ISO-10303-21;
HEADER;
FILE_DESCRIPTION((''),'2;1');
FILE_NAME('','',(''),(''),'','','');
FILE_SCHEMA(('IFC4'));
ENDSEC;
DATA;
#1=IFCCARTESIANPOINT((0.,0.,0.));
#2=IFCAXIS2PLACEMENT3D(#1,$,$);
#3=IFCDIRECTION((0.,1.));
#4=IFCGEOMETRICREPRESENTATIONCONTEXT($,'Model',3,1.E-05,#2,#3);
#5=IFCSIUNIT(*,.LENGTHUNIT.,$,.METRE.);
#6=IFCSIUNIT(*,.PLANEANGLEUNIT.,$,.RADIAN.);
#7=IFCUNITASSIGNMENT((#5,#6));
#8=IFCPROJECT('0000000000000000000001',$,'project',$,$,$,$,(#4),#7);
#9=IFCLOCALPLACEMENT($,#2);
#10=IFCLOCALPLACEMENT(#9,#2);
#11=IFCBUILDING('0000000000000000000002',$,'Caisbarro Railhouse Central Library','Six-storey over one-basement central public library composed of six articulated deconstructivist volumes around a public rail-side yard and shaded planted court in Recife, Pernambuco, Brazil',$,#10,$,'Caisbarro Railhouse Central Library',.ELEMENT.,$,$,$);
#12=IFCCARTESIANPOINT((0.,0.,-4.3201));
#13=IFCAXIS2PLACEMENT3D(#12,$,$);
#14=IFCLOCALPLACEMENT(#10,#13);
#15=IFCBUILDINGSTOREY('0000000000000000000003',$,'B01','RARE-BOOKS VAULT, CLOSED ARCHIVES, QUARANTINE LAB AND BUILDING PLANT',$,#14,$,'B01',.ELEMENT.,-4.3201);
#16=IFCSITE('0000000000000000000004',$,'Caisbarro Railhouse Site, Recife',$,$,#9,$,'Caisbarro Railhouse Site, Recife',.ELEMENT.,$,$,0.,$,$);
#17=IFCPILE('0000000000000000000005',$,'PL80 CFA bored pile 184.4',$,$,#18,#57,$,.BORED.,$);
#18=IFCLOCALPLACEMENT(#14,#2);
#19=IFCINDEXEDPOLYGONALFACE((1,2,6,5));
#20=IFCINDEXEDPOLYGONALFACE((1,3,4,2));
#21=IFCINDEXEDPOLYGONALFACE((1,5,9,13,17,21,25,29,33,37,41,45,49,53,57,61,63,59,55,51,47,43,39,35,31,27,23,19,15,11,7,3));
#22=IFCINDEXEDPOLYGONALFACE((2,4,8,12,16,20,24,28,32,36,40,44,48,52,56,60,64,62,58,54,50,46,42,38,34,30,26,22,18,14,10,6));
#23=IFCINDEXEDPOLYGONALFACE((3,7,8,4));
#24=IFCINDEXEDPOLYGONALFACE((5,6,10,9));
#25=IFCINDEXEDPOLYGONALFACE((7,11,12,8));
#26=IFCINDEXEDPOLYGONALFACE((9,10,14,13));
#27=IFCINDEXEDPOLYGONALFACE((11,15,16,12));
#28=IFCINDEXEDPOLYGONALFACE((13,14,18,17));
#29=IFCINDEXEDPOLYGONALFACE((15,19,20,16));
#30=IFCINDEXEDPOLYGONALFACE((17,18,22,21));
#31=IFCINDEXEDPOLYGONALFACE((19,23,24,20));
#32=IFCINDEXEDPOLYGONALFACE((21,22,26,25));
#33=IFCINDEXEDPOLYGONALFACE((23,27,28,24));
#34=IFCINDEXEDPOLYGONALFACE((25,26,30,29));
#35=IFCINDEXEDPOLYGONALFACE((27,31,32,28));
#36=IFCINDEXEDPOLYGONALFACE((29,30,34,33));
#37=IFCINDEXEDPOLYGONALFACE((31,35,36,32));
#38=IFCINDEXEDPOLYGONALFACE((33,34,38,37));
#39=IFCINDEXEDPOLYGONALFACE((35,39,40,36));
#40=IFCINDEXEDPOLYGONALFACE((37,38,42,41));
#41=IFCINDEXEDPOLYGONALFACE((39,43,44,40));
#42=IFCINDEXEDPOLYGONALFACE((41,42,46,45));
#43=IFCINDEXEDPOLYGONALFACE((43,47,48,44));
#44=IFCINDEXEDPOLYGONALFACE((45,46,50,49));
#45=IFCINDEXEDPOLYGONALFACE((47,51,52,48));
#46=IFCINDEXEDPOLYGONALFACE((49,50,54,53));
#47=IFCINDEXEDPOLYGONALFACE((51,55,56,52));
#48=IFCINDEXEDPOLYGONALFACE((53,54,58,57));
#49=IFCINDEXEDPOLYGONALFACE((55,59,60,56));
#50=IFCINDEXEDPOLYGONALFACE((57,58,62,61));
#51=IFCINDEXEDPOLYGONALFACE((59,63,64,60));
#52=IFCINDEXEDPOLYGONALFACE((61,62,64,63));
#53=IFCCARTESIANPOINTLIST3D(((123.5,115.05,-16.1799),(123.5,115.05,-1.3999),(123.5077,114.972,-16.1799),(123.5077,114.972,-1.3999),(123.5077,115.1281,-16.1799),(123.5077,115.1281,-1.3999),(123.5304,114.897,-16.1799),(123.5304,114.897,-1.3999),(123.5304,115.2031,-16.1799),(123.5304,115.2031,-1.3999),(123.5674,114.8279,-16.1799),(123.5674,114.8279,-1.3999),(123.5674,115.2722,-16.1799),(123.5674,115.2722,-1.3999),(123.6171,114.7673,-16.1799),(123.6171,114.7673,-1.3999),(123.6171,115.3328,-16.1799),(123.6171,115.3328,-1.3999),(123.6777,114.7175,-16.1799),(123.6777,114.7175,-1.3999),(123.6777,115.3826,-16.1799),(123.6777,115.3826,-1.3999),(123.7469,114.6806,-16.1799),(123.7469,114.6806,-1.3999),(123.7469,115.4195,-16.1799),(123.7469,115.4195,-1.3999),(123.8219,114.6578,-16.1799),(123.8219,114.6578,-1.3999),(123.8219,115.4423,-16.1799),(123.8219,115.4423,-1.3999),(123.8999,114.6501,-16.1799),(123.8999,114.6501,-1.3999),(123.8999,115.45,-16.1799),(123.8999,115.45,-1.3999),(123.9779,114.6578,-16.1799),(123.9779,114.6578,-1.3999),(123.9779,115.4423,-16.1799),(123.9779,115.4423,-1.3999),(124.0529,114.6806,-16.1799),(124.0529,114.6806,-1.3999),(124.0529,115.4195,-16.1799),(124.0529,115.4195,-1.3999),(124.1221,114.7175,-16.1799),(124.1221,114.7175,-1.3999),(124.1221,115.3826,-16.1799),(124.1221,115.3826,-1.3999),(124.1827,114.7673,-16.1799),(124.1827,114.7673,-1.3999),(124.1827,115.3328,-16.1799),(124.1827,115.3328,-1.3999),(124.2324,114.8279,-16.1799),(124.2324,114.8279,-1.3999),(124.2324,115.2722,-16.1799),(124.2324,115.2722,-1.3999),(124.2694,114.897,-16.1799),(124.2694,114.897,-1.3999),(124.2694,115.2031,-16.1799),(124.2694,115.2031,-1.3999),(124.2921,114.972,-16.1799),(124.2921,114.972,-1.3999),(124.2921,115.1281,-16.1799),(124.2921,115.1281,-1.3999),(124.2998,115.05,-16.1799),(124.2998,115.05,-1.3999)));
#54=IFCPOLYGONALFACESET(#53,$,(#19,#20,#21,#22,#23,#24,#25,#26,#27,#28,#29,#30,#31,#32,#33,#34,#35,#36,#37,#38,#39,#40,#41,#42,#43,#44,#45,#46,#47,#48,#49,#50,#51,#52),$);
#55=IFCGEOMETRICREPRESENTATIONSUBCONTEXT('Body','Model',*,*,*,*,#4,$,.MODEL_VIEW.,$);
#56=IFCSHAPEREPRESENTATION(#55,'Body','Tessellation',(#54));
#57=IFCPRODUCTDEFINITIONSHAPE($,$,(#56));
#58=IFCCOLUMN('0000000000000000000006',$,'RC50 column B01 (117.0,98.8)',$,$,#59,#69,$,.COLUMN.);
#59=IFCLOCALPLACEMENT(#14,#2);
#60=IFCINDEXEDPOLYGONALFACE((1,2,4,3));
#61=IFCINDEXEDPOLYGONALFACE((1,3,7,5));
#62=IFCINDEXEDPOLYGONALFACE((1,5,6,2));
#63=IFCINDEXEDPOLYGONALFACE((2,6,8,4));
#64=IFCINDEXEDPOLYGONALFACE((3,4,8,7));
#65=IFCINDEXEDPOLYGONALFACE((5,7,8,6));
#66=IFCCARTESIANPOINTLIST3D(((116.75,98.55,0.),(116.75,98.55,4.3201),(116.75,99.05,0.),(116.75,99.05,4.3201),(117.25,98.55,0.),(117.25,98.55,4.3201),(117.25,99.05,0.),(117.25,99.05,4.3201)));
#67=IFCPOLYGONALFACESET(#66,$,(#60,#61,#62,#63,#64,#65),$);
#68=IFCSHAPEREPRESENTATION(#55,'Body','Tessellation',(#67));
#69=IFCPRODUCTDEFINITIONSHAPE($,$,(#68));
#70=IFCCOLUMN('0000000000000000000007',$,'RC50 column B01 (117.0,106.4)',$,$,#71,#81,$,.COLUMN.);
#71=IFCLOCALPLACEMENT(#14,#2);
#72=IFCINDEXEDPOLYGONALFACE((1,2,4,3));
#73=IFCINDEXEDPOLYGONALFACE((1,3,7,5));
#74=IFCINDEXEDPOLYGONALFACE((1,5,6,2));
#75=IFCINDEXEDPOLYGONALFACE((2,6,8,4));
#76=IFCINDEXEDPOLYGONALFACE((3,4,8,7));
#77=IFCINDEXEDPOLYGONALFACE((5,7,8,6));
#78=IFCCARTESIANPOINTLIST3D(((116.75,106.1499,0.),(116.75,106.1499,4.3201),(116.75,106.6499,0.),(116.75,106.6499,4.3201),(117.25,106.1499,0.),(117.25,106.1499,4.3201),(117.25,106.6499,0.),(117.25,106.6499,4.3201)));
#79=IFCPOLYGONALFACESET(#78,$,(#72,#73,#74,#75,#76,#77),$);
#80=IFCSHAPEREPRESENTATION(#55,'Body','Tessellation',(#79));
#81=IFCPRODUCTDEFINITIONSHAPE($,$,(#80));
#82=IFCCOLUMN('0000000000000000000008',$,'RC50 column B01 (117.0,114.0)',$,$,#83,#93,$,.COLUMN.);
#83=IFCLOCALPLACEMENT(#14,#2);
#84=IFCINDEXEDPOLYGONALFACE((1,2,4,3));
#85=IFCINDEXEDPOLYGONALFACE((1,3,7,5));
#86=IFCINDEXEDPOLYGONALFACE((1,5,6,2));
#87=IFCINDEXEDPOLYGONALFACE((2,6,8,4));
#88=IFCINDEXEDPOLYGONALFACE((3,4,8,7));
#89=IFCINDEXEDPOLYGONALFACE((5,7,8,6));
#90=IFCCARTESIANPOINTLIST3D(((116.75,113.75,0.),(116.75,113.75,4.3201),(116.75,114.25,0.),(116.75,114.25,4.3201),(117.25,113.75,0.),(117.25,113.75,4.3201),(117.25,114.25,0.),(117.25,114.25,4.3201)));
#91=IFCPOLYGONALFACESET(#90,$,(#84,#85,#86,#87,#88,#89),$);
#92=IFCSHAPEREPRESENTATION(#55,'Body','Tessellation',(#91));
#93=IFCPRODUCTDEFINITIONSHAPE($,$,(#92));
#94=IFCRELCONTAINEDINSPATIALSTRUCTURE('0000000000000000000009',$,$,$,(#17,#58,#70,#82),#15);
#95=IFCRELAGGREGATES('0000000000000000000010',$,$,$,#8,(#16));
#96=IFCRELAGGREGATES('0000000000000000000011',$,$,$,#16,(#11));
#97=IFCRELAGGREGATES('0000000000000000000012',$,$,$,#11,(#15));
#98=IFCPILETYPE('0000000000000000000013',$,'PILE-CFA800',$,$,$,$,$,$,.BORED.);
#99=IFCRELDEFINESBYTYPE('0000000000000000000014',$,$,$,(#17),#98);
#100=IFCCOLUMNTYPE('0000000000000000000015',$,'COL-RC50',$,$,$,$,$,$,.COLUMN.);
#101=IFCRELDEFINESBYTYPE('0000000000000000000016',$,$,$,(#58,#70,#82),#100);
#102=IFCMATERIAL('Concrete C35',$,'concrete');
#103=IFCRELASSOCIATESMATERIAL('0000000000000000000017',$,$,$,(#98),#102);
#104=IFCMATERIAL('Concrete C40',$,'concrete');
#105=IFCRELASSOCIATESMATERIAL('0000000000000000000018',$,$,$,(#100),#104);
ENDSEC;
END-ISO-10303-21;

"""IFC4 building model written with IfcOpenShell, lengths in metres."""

from ifc_helpers import new_model, si_unit, direction, frame, origin, origin_2d, place, context, subcontext, project, spatial, rectangle, circle, extrude, material, material_profile, profile_set, type_object, element, save


model = new_model("IFC4")

# Units and contexts
model_context = context("Model", 3, precision=1e-05, world=origin(), true_north=direction((0.0, 1.0)))
body_context = subcontext(model_context, "Body", "Model", "MODEL_VIEW")
ifc_project = project(units=[si_unit("LENGTHUNIT", "METRE"), si_unit("PLANEANGLEUNIT", "RADIAN")], contexts=[model_context])

# Site, building, storey
site_placement = place(None, origin())
site = spatial("IfcSite", under=ifc_project, at=site_placement, Name="Caisbarro Railhouse Site, Recife", LongName="Caisbarro Railhouse Site, Recife", CompositionType="ELEMENT", RefElevation=0.0)
building_placement = place(site_placement, origin())
building = spatial("IfcBuilding", under=site, at=building_placement, Name="Caisbarro Railhouse Central Library", Description="Six-storey over one-basement central public library composed of six articulated deconstructivist volumes around a public rail-side yard and shaded planted court in Recife, Pernambuco, Brazil", LongName="Caisbarro Railhouse Central Library", CompositionType="ELEMENT")
storey_placement = place(building_placement, frame((0.0, 0.0, -4.3201)))
storey = spatial("IfcBuildingStorey", under=building, at=storey_placement, Name="B01", Description="RARE-BOOKS VAULT, CLOSED ARCHIVES, QUARANTINE LAB AND BUILDING PLANT", LongName="B01", CompositionType="ELEMENT", Elevation=-4.3201)

# Shared definitions
ifc_material_1 = material(Name="Concrete C35", Category="concrete")
ifc_material_2 = material(Name="Concrete C40", Category="concrete")

# Pile
ifc_material_profile_1 = material_profile(ifc_material_1, circle(Radius=0.3999, at=origin_2d()), Name="PILE-CFA-800")
ifc_profile_set_1 = profile_set([ifc_material_profile_1], Name="Concrete C35")
pile_type_1 = type_object("IfcPileType", Name="PILE-CFA800", PredefinedType="BORED", material=ifc_profile_set_1)
for number, where, z_axis, x_axis, name in (
    (1, (123.8999, 115.05, -1.3999), (0.0, 0.0, -1.0), (1.0, 0.0, 0.0), "PL80 CFA bored pile 184.4"),
):
    element("IfcPile", number, at=place(storey_placement, frame(where, z_axis=z_axis, x_axis=x_axis)), inside=storey, type_object=pile_type_1, Name=name, PredefinedType="BORED", context=body_context, shape_type="SweptSolid", body=[
        extrude(circle(Radius=0.3999, at=origin_2d()), origin(), (0.0, 0.0, 1.0), 14.78),
    ])

# Columns
ifc_material_profile_2 = material_profile(ifc_material_2, rectangle(XDim=0.5, YDim=0.5, at=origin_2d()), Name="RC-COL-500X500")
ifc_profile_set_2 = profile_set([ifc_material_profile_2], Name="Concrete C40")
column_type = type_object("IfcColumnType", Name="COL-RC50", PredefinedType="COLUMN", material=ifc_profile_set_2)
for number, where, z_axis, x_axis, name in (
    (2, (117.0, 98.8, 0.0), (0.0, 0.0, 1.0), (1.0, 0.0, 0.0), "RC50 column B01 (117.0,98.8)"),
    (3, (117.0, 106.3999, 0.0), (0.0, 0.0, 1.0), (1.0, 0.0, 0.0), "RC50 column B01 (117.0,106.4)"),
    (4, (117.0, 114.0, 0.0), (0.0, 0.0, 1.0), (1.0, 0.0, 0.0), "RC50 column B01 (117.0,114.0)"),
):
    element("IfcColumn", number, at=place(storey_placement, frame(where, z_axis=z_axis, x_axis=x_axis)), inside=storey, type_object=column_type, Name=name, PredefinedType="COLUMN", context=body_context, shape_type="SweptSolid", body=[
        extrude(rectangle(XDim=0.5, YDim=0.5, at=origin_2d()), origin(), (0.0, 0.0, 1.0), 4.3201),
    ])

save(model, "model.ifc")
